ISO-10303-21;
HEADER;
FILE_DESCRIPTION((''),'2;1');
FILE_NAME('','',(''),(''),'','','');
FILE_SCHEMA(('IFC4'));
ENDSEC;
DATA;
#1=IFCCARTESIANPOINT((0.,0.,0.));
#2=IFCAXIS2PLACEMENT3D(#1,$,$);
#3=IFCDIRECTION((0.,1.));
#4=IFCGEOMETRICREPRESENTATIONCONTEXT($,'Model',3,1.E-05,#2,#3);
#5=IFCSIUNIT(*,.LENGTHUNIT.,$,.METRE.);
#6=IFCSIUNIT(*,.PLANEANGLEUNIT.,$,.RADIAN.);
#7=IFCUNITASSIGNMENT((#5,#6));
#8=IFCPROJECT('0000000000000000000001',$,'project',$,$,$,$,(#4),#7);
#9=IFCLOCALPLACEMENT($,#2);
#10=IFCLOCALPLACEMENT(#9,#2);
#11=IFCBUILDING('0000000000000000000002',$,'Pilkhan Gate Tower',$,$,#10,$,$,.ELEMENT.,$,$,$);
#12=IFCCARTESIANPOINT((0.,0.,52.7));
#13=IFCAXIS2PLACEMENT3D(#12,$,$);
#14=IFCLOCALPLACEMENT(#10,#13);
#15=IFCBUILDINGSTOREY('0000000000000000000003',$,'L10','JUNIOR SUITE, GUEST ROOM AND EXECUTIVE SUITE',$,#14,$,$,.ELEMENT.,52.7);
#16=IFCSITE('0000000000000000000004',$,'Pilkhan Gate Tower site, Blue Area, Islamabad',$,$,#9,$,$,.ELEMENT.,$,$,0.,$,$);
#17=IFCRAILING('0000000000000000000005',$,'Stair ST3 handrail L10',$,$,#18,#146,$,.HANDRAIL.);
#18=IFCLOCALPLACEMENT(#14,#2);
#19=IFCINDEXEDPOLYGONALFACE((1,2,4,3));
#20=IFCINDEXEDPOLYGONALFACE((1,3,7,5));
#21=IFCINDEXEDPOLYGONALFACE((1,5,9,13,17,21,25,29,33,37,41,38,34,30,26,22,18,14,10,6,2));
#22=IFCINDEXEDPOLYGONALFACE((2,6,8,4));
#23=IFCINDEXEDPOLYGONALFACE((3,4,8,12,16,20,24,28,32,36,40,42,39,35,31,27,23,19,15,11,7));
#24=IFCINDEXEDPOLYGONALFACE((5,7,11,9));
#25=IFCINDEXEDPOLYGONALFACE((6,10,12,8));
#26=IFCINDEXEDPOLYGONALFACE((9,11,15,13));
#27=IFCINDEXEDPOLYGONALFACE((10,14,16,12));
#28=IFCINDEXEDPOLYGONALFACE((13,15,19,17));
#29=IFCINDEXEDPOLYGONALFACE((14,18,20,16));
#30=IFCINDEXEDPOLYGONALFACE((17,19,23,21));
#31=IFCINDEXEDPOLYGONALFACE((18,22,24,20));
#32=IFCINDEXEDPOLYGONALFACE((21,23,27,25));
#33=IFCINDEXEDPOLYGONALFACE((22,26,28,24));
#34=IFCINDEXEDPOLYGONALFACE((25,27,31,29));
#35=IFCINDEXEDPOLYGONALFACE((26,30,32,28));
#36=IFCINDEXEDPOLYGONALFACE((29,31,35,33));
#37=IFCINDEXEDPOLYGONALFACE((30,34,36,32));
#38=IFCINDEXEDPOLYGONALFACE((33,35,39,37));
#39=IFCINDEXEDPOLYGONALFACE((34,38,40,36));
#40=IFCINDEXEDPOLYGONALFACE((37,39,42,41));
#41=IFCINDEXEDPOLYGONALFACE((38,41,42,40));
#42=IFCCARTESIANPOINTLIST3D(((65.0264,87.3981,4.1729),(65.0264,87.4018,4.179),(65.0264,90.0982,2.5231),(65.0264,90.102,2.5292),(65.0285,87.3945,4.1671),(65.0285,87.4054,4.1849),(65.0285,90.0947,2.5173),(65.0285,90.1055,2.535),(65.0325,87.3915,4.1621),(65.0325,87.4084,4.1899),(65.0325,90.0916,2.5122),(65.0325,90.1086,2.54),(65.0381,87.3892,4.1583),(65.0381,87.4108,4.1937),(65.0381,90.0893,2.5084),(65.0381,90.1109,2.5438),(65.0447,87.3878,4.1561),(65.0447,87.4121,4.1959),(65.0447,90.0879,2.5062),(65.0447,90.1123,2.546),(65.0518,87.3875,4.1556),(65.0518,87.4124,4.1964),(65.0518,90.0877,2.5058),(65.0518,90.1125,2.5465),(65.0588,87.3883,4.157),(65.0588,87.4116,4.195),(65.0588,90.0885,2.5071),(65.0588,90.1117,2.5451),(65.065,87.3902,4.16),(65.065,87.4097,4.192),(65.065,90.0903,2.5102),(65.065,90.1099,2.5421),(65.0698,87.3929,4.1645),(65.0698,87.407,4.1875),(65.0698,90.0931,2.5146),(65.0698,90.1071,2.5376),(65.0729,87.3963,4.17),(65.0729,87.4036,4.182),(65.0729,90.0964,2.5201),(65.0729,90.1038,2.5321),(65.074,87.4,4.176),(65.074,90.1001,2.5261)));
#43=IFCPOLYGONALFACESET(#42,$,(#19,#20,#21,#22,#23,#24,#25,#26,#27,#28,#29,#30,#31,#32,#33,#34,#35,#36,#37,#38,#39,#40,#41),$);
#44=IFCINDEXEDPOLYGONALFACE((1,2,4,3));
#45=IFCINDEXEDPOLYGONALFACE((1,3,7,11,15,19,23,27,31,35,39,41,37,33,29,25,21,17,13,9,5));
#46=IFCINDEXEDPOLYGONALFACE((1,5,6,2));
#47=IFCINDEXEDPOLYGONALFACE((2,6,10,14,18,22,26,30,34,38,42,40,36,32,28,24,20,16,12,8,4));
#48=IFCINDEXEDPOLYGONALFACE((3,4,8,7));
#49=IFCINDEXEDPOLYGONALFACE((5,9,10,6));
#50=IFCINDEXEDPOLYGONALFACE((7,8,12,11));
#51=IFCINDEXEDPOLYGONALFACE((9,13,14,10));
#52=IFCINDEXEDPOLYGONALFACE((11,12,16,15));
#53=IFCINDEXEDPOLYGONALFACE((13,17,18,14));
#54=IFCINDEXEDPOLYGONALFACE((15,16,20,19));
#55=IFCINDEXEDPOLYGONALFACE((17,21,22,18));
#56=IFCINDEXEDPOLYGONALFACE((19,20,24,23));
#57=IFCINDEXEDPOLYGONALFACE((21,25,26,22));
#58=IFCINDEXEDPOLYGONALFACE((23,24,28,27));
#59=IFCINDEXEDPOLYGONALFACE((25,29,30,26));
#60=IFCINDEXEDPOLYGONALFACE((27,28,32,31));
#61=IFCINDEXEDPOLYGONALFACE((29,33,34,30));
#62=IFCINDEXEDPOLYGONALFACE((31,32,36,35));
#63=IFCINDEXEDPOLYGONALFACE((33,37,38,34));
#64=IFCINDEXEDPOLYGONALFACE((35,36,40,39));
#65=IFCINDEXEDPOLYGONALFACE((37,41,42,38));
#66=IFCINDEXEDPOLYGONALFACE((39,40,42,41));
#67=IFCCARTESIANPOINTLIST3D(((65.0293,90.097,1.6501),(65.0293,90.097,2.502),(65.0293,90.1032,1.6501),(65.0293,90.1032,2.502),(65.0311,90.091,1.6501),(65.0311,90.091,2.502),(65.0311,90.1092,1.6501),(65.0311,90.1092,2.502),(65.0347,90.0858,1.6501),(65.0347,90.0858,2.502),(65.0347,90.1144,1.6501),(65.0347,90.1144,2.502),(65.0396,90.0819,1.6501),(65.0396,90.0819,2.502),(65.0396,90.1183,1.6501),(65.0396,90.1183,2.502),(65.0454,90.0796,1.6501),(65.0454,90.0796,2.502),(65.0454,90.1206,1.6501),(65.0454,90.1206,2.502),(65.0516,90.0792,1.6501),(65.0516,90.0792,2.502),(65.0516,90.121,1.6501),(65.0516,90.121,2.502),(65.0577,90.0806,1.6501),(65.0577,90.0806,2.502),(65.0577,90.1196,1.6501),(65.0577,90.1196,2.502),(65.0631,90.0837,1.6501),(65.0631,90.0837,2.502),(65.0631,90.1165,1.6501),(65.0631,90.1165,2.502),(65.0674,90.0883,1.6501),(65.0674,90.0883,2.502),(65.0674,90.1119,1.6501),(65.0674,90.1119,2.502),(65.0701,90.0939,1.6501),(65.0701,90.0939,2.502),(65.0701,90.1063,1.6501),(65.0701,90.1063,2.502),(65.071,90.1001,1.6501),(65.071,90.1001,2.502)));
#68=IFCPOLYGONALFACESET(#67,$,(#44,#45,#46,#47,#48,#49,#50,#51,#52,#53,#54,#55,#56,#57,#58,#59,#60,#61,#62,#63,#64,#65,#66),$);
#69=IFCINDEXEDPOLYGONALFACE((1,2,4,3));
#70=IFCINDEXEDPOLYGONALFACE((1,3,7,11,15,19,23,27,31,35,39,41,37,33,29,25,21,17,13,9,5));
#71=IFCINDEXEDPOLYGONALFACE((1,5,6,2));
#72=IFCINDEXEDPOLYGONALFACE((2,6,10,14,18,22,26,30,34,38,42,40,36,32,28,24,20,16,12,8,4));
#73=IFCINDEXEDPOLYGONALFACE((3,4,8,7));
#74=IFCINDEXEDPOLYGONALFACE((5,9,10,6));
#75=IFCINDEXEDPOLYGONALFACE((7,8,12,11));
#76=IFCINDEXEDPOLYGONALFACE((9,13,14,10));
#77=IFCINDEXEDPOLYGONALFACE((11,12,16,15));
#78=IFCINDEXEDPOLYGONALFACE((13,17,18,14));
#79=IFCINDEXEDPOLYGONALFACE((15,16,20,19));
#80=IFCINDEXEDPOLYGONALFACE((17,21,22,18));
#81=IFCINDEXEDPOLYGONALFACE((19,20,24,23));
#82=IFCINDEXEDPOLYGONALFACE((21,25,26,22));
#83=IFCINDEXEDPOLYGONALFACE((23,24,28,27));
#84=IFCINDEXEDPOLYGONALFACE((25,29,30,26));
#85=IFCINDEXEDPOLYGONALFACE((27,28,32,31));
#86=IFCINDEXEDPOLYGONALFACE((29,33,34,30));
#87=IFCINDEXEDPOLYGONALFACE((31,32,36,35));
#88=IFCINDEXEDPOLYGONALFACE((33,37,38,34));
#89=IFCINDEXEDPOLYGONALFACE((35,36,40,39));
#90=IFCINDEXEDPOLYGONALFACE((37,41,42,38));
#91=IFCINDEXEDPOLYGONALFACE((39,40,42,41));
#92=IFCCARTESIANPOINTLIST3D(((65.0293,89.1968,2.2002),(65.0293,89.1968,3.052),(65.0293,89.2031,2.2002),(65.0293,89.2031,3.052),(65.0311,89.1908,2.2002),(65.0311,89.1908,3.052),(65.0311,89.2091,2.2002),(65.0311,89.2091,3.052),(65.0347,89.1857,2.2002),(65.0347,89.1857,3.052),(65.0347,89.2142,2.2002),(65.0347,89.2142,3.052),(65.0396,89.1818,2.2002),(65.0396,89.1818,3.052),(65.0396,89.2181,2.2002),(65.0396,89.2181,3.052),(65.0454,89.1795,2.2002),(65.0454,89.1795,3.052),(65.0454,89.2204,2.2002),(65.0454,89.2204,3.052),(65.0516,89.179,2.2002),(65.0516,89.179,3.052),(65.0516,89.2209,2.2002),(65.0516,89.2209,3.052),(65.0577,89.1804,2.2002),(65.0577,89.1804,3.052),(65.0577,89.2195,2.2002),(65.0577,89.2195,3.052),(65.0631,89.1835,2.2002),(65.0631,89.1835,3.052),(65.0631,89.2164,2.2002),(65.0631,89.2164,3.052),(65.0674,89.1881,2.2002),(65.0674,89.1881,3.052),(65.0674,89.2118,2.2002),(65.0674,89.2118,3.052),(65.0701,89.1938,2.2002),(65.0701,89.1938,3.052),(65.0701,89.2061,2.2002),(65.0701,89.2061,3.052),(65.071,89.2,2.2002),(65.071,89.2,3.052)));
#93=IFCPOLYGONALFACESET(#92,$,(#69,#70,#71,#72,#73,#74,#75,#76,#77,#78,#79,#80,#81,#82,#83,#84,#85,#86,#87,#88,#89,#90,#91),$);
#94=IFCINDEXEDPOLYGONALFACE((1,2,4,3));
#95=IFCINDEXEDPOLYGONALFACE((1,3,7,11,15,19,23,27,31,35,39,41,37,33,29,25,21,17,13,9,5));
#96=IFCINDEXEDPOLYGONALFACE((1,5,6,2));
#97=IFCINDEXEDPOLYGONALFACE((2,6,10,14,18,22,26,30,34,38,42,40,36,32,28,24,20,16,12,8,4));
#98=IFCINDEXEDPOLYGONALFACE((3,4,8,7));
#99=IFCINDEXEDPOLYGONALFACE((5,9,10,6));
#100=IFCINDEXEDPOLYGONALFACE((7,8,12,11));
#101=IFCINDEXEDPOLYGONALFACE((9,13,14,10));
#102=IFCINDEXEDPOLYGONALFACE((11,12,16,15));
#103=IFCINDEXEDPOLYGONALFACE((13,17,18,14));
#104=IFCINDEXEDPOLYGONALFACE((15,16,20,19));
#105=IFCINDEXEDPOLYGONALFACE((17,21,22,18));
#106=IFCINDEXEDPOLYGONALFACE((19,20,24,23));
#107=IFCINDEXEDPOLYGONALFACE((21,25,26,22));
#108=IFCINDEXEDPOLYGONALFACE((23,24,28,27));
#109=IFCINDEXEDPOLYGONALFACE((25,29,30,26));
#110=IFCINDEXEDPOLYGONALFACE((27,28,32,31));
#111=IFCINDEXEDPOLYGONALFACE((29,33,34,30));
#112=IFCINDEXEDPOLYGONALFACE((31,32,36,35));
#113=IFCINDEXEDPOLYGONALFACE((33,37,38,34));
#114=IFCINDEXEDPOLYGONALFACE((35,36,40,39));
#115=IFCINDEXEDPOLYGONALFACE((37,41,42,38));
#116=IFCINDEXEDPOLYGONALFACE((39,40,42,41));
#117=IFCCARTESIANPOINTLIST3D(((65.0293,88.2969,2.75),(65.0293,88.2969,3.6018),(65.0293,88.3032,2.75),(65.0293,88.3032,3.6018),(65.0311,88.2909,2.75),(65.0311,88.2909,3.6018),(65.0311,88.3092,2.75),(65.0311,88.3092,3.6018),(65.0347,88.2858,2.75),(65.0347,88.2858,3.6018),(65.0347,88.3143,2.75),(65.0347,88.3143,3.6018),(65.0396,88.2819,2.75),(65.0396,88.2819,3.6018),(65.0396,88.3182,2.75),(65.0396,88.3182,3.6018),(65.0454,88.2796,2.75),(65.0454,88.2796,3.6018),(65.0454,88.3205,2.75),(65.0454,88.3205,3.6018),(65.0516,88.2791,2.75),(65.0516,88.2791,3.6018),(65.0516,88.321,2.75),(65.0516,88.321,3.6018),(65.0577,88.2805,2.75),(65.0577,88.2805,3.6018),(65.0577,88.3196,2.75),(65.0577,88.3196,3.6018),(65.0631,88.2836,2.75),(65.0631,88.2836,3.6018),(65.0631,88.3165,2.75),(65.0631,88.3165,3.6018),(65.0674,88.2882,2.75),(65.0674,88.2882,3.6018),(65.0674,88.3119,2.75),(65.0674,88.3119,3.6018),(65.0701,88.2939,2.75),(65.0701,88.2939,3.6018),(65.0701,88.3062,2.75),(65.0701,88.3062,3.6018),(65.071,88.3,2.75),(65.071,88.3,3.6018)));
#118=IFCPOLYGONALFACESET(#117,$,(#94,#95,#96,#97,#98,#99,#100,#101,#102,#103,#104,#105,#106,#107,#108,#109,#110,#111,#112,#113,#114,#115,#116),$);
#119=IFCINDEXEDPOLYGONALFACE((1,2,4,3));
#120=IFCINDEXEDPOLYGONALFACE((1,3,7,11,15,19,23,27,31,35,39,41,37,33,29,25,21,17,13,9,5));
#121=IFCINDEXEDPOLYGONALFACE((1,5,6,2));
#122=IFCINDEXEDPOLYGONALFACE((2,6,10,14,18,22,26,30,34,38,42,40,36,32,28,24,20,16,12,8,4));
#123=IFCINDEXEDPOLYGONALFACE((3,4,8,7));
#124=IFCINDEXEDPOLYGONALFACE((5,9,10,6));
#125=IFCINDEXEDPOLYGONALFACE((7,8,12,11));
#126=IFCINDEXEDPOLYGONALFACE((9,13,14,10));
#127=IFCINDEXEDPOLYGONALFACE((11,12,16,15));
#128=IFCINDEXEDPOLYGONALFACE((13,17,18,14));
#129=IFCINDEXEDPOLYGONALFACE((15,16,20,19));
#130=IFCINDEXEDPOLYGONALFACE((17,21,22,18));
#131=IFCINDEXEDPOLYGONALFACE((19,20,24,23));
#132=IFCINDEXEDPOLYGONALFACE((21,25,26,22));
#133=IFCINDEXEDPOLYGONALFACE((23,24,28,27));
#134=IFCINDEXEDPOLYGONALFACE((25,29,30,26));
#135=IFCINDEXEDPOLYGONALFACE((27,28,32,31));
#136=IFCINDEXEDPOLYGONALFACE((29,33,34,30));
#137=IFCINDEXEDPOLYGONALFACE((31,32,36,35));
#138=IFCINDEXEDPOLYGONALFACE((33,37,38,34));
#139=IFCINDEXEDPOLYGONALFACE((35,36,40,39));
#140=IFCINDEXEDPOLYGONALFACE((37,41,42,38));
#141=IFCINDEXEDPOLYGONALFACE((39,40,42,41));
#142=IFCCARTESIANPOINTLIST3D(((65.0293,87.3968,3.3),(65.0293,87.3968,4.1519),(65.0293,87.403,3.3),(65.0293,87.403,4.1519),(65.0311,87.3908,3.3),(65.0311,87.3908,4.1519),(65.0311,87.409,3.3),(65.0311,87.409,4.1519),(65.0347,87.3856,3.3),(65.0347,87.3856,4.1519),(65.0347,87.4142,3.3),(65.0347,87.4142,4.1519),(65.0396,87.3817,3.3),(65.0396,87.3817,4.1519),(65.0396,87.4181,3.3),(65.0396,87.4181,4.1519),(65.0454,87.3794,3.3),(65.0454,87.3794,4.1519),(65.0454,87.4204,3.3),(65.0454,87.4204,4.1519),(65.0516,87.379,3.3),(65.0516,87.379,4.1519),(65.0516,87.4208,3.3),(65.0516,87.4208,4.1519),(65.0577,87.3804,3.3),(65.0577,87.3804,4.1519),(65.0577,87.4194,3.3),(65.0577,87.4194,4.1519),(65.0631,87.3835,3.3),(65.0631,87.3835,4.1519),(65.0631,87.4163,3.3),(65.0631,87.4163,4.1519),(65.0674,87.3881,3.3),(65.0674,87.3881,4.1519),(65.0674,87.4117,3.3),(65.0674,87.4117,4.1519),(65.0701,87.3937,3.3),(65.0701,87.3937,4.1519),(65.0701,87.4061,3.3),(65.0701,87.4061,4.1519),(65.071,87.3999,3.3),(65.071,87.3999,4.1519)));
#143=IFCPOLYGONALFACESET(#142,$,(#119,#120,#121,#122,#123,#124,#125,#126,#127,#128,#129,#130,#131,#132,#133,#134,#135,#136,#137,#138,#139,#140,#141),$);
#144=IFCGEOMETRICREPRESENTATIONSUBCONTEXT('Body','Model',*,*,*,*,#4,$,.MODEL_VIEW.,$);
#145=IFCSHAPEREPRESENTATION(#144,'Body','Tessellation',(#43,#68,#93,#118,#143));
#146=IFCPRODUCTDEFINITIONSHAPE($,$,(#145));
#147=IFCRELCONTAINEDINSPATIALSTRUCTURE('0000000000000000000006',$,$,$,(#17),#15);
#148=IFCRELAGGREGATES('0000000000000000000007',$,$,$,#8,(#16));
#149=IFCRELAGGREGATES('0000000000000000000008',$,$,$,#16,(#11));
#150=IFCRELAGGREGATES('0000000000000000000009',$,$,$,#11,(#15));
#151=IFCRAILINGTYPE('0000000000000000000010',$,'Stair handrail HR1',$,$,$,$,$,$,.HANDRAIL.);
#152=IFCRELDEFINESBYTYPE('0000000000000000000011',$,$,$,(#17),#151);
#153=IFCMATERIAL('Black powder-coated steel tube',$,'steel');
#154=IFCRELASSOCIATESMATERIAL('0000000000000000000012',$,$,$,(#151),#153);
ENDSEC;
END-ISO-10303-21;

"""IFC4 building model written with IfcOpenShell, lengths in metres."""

from ifc_helpers import new_model, si_unit, direction, frame, origin, origin_2d, place, context, subcontext, project, spatial, circle, extrude, material, type_object, element, save


model = new_model("IFC4")

# Units and contexts
model_context = context("Model", 3, precision=1e-05, world=origin(), true_north=direction((0.0, 1.0)))
body_context = subcontext(model_context, "Body", "Model", "MODEL_VIEW")
ifc_project = project(units=[si_unit("LENGTHUNIT", "METRE"), si_unit("PLANEANGLEUNIT", "RADIAN")], contexts=[model_context])

# Site, building, storey
site_placement = place(None, origin())
site = spatial("IfcSite", under=ifc_project, at=site_placement, Name="Pilkhan Gate Tower site, Blue Area, Islamabad", CompositionType="ELEMENT", RefElevation=0.0)
building_placement = place(site_placement, origin())
building = spatial("IfcBuilding", under=site, at=building_placement, Name="Pilkhan Gate Tower", CompositionType="ELEMENT")
storey_placement = place(building_placement, frame((0.0, 0.0, 52.7)))
storey = spatial("IfcBuildingStorey", under=building, at=storey_placement, Name="L10", Description="JUNIOR SUITE, GUEST ROOM AND EXECUTIVE SUITE", CompositionType="ELEMENT", Elevation=52.7)

# Railing
ifc_material_1 = material(Name="Black powder-coated steel tube", Category="steel")
railing_type = type_object("IfcRailingType", Name="Stair handrail HR1", PredefinedType="HANDRAIL", material=ifc_material_1)
railing_placement = place(storey_placement, frame((65.05, 90.1001, 1.6501)))
element("IfcRailing", 1, at=railing_placement, inside=storey, type_object=railing_type, Name="Stair ST3 handrail L10", PredefinedType="HANDRAIL", context=body_context, shape_type="SweptSolid", body=[
    extrude(circle(Radius=0.0239, at=origin_2d()), frame((0.0, 0.0, 0.876), z_axis=(0.0, -0.853312, 0.5214), x_axis=(1.0, 0.0, 0.0)), (0.0, 0.0, 1.0), 3.1643),
    extrude(circle(Radius=0.021, at=origin_2d()), origin(), (0.0, 0.0, 1.0), 0.8518),
    extrude(circle(Radius=0.021, at=origin_2d()), frame((0.0, -0.9001, 0.55)), (0.0, 0.0, 1.0), 0.8518),
    extrude(circle(Radius=0.021, at=origin_2d()), frame((0.0, -1.8, 1.0999)), (0.0, 0.0, 1.0), 0.8518),
    extrude(circle(Radius=0.021, at=origin_2d()), frame((0.0, -2.7002, 1.6499)), (0.0, 0.0, 1.0), 0.8518),
])

save(model, "model.ifc")
